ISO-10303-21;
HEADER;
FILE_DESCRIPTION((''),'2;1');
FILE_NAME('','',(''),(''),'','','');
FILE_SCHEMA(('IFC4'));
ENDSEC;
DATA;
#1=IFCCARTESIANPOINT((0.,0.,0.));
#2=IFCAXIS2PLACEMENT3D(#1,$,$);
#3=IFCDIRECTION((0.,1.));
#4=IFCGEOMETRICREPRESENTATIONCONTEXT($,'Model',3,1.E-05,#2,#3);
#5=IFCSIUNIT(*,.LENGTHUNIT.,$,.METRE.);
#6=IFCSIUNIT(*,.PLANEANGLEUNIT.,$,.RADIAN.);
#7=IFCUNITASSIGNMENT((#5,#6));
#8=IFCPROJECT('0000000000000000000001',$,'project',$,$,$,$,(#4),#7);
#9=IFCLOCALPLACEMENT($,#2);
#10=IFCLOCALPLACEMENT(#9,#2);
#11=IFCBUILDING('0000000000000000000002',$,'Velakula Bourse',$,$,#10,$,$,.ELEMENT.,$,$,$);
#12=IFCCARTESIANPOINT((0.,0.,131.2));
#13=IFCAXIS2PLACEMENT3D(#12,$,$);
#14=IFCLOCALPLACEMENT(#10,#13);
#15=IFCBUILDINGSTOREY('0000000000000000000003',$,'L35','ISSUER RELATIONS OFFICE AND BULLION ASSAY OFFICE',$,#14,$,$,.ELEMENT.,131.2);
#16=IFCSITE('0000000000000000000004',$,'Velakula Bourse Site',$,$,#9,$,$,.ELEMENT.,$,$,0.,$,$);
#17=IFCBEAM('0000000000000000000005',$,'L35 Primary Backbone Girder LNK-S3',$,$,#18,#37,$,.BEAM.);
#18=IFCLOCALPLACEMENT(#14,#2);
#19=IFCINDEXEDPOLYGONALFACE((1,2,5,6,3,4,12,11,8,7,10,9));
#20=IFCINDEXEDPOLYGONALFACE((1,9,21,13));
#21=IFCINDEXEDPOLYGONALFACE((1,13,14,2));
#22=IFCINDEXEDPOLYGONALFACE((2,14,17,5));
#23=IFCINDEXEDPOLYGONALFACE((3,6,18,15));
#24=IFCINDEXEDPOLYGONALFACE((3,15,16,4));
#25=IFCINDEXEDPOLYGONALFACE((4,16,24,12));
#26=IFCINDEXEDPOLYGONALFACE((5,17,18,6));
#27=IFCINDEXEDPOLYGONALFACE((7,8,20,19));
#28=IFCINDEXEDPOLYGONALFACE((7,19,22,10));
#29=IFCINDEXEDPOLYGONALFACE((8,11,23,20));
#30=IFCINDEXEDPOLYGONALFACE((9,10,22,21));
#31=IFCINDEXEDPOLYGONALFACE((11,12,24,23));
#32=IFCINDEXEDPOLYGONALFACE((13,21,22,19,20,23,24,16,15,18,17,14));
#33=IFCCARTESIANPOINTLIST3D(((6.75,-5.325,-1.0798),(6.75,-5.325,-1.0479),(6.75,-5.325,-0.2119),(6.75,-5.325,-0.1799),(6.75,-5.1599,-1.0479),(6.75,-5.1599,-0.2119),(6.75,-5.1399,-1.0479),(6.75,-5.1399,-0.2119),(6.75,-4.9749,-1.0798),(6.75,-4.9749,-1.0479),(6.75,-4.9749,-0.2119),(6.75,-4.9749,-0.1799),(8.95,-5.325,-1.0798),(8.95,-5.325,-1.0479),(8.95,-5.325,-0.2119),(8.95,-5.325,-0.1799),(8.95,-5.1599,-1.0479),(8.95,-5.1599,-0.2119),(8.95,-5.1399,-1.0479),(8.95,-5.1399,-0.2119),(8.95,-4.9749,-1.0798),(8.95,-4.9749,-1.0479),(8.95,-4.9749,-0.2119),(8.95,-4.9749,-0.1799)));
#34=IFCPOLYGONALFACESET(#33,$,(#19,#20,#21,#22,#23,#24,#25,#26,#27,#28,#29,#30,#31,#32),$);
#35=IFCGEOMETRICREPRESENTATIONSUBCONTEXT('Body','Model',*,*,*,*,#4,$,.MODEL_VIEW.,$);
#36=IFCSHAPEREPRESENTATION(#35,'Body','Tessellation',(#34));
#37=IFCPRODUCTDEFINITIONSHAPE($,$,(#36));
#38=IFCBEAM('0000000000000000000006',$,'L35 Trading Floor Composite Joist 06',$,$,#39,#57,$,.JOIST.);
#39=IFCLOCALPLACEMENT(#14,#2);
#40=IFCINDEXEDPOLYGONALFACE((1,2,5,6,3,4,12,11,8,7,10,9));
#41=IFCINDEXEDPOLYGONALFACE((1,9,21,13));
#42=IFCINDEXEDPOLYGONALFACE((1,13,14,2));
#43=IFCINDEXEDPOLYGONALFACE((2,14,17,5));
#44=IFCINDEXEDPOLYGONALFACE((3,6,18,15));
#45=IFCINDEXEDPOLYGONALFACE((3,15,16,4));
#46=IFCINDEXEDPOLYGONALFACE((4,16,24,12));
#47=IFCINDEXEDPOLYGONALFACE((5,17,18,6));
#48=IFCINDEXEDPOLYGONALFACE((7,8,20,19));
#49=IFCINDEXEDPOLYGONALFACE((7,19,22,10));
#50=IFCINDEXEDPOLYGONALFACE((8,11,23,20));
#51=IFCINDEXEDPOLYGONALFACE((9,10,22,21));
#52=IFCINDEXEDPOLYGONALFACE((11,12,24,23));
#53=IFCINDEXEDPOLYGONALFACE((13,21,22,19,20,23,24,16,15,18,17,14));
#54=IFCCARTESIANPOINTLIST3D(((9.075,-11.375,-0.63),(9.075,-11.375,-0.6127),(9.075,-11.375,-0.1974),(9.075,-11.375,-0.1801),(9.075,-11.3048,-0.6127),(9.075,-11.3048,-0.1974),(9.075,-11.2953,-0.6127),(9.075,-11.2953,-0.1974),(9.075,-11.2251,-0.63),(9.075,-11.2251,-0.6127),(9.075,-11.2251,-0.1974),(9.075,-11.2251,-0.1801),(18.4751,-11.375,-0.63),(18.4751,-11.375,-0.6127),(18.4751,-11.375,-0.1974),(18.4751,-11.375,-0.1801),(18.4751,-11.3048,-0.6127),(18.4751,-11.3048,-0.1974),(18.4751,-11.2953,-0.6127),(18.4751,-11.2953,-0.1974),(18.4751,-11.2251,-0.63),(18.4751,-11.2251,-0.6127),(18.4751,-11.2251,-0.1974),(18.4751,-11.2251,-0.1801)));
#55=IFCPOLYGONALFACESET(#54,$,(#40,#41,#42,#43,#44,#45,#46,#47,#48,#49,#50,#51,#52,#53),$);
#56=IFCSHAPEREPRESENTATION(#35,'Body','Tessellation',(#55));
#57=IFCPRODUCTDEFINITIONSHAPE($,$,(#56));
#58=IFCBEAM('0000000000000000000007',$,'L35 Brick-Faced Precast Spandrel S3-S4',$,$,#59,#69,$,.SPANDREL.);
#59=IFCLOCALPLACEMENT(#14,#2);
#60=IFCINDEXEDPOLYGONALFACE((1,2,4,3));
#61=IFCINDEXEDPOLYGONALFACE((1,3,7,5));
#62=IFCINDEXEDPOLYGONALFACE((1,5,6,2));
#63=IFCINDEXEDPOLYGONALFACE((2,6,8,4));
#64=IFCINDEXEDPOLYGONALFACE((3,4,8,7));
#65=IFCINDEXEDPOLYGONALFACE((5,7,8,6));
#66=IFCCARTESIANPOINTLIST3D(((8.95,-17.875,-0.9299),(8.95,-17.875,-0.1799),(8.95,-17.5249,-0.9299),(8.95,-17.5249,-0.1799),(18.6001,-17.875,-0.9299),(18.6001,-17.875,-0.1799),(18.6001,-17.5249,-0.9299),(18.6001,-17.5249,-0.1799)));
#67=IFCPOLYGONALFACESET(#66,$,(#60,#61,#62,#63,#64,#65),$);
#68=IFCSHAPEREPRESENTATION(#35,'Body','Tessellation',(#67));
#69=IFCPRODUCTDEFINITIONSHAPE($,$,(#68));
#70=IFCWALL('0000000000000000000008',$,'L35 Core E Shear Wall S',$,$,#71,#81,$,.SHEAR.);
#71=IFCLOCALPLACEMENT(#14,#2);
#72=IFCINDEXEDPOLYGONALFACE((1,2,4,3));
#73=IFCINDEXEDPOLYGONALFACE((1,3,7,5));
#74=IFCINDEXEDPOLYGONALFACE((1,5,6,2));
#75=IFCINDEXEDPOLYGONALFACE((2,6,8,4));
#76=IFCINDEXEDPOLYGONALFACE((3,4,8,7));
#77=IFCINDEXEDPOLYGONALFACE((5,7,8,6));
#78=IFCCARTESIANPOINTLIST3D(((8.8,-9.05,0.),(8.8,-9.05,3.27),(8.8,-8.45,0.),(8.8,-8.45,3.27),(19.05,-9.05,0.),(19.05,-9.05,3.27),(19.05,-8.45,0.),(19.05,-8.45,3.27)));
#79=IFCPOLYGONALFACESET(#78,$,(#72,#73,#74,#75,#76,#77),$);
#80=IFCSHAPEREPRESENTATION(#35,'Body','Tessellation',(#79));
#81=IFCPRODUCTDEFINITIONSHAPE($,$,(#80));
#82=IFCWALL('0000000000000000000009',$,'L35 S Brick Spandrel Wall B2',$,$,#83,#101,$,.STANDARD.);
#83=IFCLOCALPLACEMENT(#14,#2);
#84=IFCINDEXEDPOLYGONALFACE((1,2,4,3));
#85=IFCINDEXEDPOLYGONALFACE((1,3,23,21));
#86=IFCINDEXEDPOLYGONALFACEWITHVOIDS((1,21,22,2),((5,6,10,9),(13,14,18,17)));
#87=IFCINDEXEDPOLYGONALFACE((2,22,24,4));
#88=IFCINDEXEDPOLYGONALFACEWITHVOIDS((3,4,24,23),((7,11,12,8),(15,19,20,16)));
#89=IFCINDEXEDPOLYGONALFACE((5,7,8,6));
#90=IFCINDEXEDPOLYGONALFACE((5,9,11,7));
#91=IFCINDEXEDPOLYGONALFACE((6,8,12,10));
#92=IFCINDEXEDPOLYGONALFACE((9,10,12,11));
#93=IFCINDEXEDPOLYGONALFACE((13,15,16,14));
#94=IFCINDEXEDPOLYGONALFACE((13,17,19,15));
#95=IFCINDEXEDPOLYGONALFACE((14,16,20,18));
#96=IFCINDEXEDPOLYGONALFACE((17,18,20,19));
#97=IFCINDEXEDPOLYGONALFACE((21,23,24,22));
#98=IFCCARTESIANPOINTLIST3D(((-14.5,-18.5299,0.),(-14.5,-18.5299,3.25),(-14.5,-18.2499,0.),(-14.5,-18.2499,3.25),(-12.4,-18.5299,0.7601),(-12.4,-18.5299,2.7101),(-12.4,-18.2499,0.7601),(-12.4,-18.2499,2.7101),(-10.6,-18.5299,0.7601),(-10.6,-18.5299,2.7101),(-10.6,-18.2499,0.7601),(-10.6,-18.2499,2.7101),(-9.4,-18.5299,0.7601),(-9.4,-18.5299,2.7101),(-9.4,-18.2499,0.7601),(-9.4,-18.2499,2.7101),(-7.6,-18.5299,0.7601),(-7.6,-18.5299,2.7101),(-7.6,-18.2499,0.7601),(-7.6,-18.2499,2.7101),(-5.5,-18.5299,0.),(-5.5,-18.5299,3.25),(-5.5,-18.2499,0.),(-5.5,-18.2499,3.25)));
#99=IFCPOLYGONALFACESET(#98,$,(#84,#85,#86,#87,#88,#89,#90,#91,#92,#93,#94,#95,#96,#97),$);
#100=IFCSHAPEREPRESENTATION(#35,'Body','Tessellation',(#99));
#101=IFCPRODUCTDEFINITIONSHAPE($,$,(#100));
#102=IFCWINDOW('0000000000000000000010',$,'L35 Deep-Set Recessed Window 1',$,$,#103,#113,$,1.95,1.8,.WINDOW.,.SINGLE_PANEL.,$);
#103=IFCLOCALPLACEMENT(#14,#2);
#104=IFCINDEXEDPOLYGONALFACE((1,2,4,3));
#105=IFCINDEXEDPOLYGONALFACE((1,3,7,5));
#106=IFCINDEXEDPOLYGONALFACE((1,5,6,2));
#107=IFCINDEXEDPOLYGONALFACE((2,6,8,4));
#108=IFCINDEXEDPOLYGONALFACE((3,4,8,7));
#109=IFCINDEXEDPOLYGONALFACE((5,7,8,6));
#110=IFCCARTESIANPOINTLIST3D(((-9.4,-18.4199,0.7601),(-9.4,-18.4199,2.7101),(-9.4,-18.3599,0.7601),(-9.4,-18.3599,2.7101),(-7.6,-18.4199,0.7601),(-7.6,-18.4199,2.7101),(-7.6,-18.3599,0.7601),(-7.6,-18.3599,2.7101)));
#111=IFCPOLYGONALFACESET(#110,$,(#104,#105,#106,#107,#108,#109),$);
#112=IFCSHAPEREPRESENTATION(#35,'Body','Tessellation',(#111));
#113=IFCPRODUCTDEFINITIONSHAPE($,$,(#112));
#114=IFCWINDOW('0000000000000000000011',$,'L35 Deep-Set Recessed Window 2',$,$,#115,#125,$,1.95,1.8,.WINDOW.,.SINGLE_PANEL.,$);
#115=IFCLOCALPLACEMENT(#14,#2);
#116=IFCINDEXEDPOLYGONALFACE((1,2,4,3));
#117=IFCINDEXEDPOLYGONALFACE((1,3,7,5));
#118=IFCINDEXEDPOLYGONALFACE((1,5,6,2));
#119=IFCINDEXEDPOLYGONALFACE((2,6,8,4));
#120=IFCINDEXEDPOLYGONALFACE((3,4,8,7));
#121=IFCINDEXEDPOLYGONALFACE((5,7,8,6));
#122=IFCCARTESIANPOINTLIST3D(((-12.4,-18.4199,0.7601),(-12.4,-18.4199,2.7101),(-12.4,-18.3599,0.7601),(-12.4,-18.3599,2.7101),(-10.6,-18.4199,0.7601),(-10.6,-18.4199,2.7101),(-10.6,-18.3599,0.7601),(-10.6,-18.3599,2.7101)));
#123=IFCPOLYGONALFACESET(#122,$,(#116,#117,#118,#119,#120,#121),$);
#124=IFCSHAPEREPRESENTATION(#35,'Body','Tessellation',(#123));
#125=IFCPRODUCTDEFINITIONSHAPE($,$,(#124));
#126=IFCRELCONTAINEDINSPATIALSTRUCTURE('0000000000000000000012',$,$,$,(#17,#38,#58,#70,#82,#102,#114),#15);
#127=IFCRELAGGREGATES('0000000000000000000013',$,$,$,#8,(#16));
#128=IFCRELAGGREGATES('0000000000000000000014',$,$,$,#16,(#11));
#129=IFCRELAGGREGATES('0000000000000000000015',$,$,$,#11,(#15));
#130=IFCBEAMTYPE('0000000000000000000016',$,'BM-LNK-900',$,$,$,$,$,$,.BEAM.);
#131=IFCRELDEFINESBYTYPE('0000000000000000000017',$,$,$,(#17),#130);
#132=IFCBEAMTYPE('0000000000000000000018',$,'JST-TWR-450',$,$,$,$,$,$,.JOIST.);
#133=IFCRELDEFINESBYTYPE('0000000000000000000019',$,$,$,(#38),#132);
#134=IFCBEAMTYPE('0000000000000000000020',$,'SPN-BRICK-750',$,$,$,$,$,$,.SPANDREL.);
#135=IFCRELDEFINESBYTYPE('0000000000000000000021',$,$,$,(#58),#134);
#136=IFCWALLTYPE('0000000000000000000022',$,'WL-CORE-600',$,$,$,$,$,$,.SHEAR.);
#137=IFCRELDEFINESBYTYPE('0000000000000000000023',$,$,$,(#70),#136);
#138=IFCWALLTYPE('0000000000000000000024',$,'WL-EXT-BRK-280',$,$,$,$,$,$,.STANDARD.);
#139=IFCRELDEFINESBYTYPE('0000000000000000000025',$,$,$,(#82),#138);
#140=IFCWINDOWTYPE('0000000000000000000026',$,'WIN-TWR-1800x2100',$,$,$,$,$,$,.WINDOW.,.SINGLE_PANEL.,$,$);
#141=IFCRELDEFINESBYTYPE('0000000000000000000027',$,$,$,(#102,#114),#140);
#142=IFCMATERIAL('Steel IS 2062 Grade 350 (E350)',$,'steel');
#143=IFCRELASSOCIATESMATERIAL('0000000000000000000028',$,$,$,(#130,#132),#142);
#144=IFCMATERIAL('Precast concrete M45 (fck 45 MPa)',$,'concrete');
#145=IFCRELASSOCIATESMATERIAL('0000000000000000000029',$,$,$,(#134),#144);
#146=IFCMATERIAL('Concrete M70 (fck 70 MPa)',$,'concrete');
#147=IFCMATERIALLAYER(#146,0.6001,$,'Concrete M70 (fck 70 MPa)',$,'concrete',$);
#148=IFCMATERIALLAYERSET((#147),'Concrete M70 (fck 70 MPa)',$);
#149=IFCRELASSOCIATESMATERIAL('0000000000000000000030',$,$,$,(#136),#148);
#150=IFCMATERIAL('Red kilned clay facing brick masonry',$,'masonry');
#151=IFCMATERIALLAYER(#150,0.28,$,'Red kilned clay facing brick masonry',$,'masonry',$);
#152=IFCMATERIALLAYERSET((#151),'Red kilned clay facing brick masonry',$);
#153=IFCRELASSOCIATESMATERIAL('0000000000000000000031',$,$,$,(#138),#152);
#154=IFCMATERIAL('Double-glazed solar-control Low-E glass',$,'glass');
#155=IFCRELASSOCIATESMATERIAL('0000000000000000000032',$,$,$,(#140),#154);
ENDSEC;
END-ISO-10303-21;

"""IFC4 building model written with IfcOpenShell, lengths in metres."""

from ifc_helpers import new_model, si_unit, direction, frame, frame_2d, origin, origin_2d, place, context, subcontext, project, spatial, rectangle, i_section, extrude, material, layer, layer_set, material_profile, profile_set, type_object, element, fill, save


model = new_model("IFC4")

# Units and contexts
model_context = context("Model", 3, precision=1e-05, world=origin(), true_north=direction((0.0, 1.0)))
body_context = subcontext(model_context, "Body", "Model", "MODEL_VIEW")
ifc_project = project(units=[si_unit("LENGTHUNIT", "METRE"), si_unit("PLANEANGLEUNIT", "RADIAN")], contexts=[model_context])

# Site, building, storey
site_placement = place(None, origin())
site = spatial("IfcSite", under=ifc_project, at=site_placement, Name="Velakula Bourse Site", CompositionType="ELEMENT", RefElevation=0.0)
building_placement = place(site_placement, origin())
building = spatial("IfcBuilding", under=site, at=building_placement, Name="Velakula Bourse", CompositionType="ELEMENT")
storey_placement = place(building_placement, frame((0.0, 0.0, 131.2)))
storey = spatial("IfcBuildingStorey", under=building, at=storey_placement, Name="L35", Description="ISSUER RELATIONS OFFICE AND BULLION ASSAY OFFICE", CompositionType="ELEMENT", Elevation=131.2)

# Shared definitions
ifc_material_1 = material(Name="Concrete M70 (fck 70 MPa)", Category="concrete")
ifc_material_2 = material(Name="Steel IS 2062 Grade 350 (E350)", Category="steel")

# Beams
ifc_material_profile_1 = material_profile(ifc_material_2, i_section(OverallWidth=0.3501, OverallDepth=0.8999, WebThickness=0.02, FlangeThickness=0.032, at=origin_2d()), Name="Steel IS 2062 Grade 350 (E350)")
ifc_profile_set_1 = profile_set([ifc_material_profile_1], Name="Steel IS 2062 Grade 350 (E350)")
beam_type_1 = type_object("IfcBeamType", Name="BM-LNK-900", PredefinedType="BEAM", material=ifc_profile_set_1)
beam_1_placement = place(storey_placement, frame((6.75, -5.1499, -0.6299), z_axis=(1.0, 0.0, 0.0), x_axis=(0.0, 1.0, 0.0)))
element("IfcBeam", 1, at=beam_1_placement, inside=storey, type_object=beam_type_1, Name="L35 Primary Backbone Girder LNK-S3", PredefinedType="BEAM", context=body_context, shape_type="SweptSolid", body=[
    extrude(i_section(OverallWidth=0.3501, OverallDepth=0.8999, WebThickness=0.02, FlangeThickness=0.032, at=origin_2d()), origin(), (0.0, 0.0, 1.0), 2.2),
])
ifc_material_profile_2 = material_profile(ifc_material_2, i_section(OverallWidth=0.1499, OverallDepth=0.45, WebThickness=0.0095, FlangeThickness=0.0173, at=origin_2d()), Name="Steel IS 2062 Grade 350 (E350)")
ifc_profile_set_2 = profile_set([ifc_material_profile_2], Name="Steel IS 2062 Grade 350 (E350)")
beam_type_2 = type_object("IfcBeamType", Name="JST-TWR-450", PredefinedType="JOIST", material=ifc_profile_set_2)
beam_2_placement = place(storey_placement, frame((9.075, -11.3, -0.405), z_axis=(1.0, 0.0, 0.0), x_axis=(0.0, 1.0, 0.0)))
element("IfcBeam", 2, at=beam_2_placement, inside=storey, type_object=beam_type_2, Name="L35 Trading Floor Composite Joist 06", PredefinedType="JOIST", context=body_context, shape_type="SweptSolid", body=[
    extrude(i_section(OverallWidth=0.1499, OverallDepth=0.45, WebThickness=0.0095, FlangeThickness=0.0173, at=origin_2d()), origin(), (0.0, 0.0, 1.0), 9.4001),
])
ifc_material_3 = material(Name="Precast concrete M45 (fck 45 MPa)", Category="concrete")
ifc_material_profile_3 = material_profile(ifc_material_3, rectangle(XDim=0.3501, YDim=0.75, at=origin_2d()), Name="Precast concrete M45 (fck 45 MPa)")
ifc_profile_set_3 = profile_set([ifc_material_profile_3], Name="Precast concrete M45 (fck 45 MPa)")
beam_type_3 = type_object("IfcBeamType", Name="SPN-BRICK-750", PredefinedType="SPANDREL", material=ifc_profile_set_3)
beam_3_placement = place(storey_placement, frame((8.95, -17.7, -0.5549), z_axis=(1.0, 0.0, 0.0), x_axis=(0.0, 1.0, 0.0)))
element("IfcBeam", 3, at=beam_3_placement, inside=storey, type_object=beam_type_3, Name="L35 Brick-Faced Precast Spandrel S3-S4", PredefinedType="SPANDREL", context=body_context, shape_type="SweptSolid", body=[
    extrude(rectangle(XDim=0.3501, YDim=0.75, at=origin_2d()), origin(), (0.0, 0.0, 1.0), 9.6501),
])

# Wall
ifc_layer_1 = layer(ifc_material_1, 0.6001, Name="Concrete M70 (fck 70 MPa)", Category="concrete")
ifc_layer_set_1 = layer_set([ifc_layer_1], Name="Concrete M70 (fck 70 MPa)")
wall_type_1 = type_object("IfcWallType", Name="WL-CORE-600", PredefinedType="SHEAR", material=ifc_layer_set_1)
wall_1_placement = place(storey_placement, frame((8.8, -8.75, 0.0), z_axis=(0.0, 0.0, 1.0), x_axis=(1.0, 0.0, 0.0)))
element("IfcWall", 4, at=wall_1_placement, inside=storey, type_object=wall_type_1, Name="L35 Core E Shear Wall S", PredefinedType="SHEAR", context=body_context, shape_type="SweptSolid", body=[
    extrude(rectangle(XDim=10.25, YDim=0.6001, at=frame_2d((5.125, 0.0))), origin(), (0.0, 0.0, 1.0), 3.27),
])

# Wall, openings, windows
ifc_material_4 = material(Name="Red kilned clay facing brick masonry", Category="masonry")
ifc_layer_2 = layer(ifc_material_4, 0.28, Name="Red kilned clay facing brick masonry", Category="masonry")
ifc_layer_set_2 = layer_set([ifc_layer_2], Name="Red kilned clay facing brick masonry")
wall_type_2 = type_object("IfcWallType", Name="WL-EXT-BRK-280", PredefinedType="STANDARD", material=ifc_layer_set_2)
wall_2_placement = place(storey_placement, frame((-5.5, -18.3899, 0.0), z_axis=(0.0, 0.0, 1.0), x_axis=(-1.0, 0.0, 0.0)))
wall_2 = element("IfcWall", 5, at=wall_2_placement, inside=storey, type_object=wall_type_2, Name="L35 S Brick Spandrel Wall B2", PredefinedType="STANDARD", context=body_context, shape_type="SweptSolid", body=[
    extrude(rectangle(XDim=9.0, YDim=0.28, at=frame_2d((4.5, 0.0))), origin(), (0.0, 0.0, 1.0), 3.25),
])
opening_1_placement = place(wall_2_placement, frame((2.1001, 0.0, 0.76)))
opening_1 = element("IfcOpeningElement", 6, at=opening_1_placement, cuts=wall_2, PredefinedType="OPENING", context=body_context, shape_type="SweptSolid", body=[
    extrude(rectangle(XDim=1.8, YDim=1.95, at=frame_2d((0.8999, 0.9751))), frame((0.0, 0.1499, 0.0), z_axis=(0.0, -1.0, 0.0), x_axis=(1.0, 0.0, 0.0)), (0.0, 0.0, 1.0), 0.3),
])
opening_2_placement = place(wall_2_placement, frame((5.1001, 0.0, 0.76)))
opening_2 = element("IfcOpeningElement", 7, at=opening_2_placement, cuts=wall_2, PredefinedType="OPENING", context=body_context, shape_type="SweptSolid", body=[
    extrude(rectangle(XDim=1.8, YDim=1.95, at=frame_2d((0.8999, 0.9751))), frame((0.0, 0.1499, 0.0), z_axis=(0.0, -1.0, 0.0), x_axis=(1.0, 0.0, 0.0)), (0.0, 0.0, 1.0), 0.3),
])
ifc_material_5 = material(Name="Double-glazed solar-control Low-E glass", Category="glass")
window_type = type_object("IfcWindowType", Name="WIN-TWR-1800x2100", PartitioningType="SINGLE_PANEL", PredefinedType="WINDOW", material=ifc_material_5)
window_1_placement = place(opening_1_placement, origin())
window_1 = element("IfcWindow", 8, at=window_1_placement, inside=storey, type_object=window_type, Name="L35 Deep-Set Recessed Window 1", OverallHeight=1.95, OverallWidth=1.8, PartitioningType="SINGLE_PANEL", PredefinedType="WINDOW", context=body_context, shape_type="SweptSolid", body=[
    extrude(rectangle(XDim=1.8, YDim=1.95, at=frame_2d((0.8999, 0.9751))), frame((0.0, 0.03, 0.0), z_axis=(0.0, -1.0, 0.0), x_axis=(1.0, 0.0, 0.0)), (0.0, 0.0, 1.0), 0.0601),
])
fill(opening_1, window_1)
window_2_placement = place(opening_2_placement, origin())
window_2 = element("IfcWindow", 9, at=window_2_placement, inside=storey, type_object=window_type, Name="L35 Deep-Set Recessed Window 2", OverallHeight=1.95, OverallWidth=1.8, PartitioningType="SINGLE_PANEL", PredefinedType="WINDOW", context=body_context, shape_type="SweptSolid", body=[
    extrude(rectangle(XDim=1.8, YDim=1.95, at=frame_2d((0.8999, 0.9751))), frame((0.0, 0.03, 0.0), z_axis=(0.0, -1.0, 0.0), x_axis=(1.0, 0.0, 0.0)), (0.0, 0.0, 1.0), 0.0601),
])
fill(opening_2, window_2)

save(model, "model.ifc")
